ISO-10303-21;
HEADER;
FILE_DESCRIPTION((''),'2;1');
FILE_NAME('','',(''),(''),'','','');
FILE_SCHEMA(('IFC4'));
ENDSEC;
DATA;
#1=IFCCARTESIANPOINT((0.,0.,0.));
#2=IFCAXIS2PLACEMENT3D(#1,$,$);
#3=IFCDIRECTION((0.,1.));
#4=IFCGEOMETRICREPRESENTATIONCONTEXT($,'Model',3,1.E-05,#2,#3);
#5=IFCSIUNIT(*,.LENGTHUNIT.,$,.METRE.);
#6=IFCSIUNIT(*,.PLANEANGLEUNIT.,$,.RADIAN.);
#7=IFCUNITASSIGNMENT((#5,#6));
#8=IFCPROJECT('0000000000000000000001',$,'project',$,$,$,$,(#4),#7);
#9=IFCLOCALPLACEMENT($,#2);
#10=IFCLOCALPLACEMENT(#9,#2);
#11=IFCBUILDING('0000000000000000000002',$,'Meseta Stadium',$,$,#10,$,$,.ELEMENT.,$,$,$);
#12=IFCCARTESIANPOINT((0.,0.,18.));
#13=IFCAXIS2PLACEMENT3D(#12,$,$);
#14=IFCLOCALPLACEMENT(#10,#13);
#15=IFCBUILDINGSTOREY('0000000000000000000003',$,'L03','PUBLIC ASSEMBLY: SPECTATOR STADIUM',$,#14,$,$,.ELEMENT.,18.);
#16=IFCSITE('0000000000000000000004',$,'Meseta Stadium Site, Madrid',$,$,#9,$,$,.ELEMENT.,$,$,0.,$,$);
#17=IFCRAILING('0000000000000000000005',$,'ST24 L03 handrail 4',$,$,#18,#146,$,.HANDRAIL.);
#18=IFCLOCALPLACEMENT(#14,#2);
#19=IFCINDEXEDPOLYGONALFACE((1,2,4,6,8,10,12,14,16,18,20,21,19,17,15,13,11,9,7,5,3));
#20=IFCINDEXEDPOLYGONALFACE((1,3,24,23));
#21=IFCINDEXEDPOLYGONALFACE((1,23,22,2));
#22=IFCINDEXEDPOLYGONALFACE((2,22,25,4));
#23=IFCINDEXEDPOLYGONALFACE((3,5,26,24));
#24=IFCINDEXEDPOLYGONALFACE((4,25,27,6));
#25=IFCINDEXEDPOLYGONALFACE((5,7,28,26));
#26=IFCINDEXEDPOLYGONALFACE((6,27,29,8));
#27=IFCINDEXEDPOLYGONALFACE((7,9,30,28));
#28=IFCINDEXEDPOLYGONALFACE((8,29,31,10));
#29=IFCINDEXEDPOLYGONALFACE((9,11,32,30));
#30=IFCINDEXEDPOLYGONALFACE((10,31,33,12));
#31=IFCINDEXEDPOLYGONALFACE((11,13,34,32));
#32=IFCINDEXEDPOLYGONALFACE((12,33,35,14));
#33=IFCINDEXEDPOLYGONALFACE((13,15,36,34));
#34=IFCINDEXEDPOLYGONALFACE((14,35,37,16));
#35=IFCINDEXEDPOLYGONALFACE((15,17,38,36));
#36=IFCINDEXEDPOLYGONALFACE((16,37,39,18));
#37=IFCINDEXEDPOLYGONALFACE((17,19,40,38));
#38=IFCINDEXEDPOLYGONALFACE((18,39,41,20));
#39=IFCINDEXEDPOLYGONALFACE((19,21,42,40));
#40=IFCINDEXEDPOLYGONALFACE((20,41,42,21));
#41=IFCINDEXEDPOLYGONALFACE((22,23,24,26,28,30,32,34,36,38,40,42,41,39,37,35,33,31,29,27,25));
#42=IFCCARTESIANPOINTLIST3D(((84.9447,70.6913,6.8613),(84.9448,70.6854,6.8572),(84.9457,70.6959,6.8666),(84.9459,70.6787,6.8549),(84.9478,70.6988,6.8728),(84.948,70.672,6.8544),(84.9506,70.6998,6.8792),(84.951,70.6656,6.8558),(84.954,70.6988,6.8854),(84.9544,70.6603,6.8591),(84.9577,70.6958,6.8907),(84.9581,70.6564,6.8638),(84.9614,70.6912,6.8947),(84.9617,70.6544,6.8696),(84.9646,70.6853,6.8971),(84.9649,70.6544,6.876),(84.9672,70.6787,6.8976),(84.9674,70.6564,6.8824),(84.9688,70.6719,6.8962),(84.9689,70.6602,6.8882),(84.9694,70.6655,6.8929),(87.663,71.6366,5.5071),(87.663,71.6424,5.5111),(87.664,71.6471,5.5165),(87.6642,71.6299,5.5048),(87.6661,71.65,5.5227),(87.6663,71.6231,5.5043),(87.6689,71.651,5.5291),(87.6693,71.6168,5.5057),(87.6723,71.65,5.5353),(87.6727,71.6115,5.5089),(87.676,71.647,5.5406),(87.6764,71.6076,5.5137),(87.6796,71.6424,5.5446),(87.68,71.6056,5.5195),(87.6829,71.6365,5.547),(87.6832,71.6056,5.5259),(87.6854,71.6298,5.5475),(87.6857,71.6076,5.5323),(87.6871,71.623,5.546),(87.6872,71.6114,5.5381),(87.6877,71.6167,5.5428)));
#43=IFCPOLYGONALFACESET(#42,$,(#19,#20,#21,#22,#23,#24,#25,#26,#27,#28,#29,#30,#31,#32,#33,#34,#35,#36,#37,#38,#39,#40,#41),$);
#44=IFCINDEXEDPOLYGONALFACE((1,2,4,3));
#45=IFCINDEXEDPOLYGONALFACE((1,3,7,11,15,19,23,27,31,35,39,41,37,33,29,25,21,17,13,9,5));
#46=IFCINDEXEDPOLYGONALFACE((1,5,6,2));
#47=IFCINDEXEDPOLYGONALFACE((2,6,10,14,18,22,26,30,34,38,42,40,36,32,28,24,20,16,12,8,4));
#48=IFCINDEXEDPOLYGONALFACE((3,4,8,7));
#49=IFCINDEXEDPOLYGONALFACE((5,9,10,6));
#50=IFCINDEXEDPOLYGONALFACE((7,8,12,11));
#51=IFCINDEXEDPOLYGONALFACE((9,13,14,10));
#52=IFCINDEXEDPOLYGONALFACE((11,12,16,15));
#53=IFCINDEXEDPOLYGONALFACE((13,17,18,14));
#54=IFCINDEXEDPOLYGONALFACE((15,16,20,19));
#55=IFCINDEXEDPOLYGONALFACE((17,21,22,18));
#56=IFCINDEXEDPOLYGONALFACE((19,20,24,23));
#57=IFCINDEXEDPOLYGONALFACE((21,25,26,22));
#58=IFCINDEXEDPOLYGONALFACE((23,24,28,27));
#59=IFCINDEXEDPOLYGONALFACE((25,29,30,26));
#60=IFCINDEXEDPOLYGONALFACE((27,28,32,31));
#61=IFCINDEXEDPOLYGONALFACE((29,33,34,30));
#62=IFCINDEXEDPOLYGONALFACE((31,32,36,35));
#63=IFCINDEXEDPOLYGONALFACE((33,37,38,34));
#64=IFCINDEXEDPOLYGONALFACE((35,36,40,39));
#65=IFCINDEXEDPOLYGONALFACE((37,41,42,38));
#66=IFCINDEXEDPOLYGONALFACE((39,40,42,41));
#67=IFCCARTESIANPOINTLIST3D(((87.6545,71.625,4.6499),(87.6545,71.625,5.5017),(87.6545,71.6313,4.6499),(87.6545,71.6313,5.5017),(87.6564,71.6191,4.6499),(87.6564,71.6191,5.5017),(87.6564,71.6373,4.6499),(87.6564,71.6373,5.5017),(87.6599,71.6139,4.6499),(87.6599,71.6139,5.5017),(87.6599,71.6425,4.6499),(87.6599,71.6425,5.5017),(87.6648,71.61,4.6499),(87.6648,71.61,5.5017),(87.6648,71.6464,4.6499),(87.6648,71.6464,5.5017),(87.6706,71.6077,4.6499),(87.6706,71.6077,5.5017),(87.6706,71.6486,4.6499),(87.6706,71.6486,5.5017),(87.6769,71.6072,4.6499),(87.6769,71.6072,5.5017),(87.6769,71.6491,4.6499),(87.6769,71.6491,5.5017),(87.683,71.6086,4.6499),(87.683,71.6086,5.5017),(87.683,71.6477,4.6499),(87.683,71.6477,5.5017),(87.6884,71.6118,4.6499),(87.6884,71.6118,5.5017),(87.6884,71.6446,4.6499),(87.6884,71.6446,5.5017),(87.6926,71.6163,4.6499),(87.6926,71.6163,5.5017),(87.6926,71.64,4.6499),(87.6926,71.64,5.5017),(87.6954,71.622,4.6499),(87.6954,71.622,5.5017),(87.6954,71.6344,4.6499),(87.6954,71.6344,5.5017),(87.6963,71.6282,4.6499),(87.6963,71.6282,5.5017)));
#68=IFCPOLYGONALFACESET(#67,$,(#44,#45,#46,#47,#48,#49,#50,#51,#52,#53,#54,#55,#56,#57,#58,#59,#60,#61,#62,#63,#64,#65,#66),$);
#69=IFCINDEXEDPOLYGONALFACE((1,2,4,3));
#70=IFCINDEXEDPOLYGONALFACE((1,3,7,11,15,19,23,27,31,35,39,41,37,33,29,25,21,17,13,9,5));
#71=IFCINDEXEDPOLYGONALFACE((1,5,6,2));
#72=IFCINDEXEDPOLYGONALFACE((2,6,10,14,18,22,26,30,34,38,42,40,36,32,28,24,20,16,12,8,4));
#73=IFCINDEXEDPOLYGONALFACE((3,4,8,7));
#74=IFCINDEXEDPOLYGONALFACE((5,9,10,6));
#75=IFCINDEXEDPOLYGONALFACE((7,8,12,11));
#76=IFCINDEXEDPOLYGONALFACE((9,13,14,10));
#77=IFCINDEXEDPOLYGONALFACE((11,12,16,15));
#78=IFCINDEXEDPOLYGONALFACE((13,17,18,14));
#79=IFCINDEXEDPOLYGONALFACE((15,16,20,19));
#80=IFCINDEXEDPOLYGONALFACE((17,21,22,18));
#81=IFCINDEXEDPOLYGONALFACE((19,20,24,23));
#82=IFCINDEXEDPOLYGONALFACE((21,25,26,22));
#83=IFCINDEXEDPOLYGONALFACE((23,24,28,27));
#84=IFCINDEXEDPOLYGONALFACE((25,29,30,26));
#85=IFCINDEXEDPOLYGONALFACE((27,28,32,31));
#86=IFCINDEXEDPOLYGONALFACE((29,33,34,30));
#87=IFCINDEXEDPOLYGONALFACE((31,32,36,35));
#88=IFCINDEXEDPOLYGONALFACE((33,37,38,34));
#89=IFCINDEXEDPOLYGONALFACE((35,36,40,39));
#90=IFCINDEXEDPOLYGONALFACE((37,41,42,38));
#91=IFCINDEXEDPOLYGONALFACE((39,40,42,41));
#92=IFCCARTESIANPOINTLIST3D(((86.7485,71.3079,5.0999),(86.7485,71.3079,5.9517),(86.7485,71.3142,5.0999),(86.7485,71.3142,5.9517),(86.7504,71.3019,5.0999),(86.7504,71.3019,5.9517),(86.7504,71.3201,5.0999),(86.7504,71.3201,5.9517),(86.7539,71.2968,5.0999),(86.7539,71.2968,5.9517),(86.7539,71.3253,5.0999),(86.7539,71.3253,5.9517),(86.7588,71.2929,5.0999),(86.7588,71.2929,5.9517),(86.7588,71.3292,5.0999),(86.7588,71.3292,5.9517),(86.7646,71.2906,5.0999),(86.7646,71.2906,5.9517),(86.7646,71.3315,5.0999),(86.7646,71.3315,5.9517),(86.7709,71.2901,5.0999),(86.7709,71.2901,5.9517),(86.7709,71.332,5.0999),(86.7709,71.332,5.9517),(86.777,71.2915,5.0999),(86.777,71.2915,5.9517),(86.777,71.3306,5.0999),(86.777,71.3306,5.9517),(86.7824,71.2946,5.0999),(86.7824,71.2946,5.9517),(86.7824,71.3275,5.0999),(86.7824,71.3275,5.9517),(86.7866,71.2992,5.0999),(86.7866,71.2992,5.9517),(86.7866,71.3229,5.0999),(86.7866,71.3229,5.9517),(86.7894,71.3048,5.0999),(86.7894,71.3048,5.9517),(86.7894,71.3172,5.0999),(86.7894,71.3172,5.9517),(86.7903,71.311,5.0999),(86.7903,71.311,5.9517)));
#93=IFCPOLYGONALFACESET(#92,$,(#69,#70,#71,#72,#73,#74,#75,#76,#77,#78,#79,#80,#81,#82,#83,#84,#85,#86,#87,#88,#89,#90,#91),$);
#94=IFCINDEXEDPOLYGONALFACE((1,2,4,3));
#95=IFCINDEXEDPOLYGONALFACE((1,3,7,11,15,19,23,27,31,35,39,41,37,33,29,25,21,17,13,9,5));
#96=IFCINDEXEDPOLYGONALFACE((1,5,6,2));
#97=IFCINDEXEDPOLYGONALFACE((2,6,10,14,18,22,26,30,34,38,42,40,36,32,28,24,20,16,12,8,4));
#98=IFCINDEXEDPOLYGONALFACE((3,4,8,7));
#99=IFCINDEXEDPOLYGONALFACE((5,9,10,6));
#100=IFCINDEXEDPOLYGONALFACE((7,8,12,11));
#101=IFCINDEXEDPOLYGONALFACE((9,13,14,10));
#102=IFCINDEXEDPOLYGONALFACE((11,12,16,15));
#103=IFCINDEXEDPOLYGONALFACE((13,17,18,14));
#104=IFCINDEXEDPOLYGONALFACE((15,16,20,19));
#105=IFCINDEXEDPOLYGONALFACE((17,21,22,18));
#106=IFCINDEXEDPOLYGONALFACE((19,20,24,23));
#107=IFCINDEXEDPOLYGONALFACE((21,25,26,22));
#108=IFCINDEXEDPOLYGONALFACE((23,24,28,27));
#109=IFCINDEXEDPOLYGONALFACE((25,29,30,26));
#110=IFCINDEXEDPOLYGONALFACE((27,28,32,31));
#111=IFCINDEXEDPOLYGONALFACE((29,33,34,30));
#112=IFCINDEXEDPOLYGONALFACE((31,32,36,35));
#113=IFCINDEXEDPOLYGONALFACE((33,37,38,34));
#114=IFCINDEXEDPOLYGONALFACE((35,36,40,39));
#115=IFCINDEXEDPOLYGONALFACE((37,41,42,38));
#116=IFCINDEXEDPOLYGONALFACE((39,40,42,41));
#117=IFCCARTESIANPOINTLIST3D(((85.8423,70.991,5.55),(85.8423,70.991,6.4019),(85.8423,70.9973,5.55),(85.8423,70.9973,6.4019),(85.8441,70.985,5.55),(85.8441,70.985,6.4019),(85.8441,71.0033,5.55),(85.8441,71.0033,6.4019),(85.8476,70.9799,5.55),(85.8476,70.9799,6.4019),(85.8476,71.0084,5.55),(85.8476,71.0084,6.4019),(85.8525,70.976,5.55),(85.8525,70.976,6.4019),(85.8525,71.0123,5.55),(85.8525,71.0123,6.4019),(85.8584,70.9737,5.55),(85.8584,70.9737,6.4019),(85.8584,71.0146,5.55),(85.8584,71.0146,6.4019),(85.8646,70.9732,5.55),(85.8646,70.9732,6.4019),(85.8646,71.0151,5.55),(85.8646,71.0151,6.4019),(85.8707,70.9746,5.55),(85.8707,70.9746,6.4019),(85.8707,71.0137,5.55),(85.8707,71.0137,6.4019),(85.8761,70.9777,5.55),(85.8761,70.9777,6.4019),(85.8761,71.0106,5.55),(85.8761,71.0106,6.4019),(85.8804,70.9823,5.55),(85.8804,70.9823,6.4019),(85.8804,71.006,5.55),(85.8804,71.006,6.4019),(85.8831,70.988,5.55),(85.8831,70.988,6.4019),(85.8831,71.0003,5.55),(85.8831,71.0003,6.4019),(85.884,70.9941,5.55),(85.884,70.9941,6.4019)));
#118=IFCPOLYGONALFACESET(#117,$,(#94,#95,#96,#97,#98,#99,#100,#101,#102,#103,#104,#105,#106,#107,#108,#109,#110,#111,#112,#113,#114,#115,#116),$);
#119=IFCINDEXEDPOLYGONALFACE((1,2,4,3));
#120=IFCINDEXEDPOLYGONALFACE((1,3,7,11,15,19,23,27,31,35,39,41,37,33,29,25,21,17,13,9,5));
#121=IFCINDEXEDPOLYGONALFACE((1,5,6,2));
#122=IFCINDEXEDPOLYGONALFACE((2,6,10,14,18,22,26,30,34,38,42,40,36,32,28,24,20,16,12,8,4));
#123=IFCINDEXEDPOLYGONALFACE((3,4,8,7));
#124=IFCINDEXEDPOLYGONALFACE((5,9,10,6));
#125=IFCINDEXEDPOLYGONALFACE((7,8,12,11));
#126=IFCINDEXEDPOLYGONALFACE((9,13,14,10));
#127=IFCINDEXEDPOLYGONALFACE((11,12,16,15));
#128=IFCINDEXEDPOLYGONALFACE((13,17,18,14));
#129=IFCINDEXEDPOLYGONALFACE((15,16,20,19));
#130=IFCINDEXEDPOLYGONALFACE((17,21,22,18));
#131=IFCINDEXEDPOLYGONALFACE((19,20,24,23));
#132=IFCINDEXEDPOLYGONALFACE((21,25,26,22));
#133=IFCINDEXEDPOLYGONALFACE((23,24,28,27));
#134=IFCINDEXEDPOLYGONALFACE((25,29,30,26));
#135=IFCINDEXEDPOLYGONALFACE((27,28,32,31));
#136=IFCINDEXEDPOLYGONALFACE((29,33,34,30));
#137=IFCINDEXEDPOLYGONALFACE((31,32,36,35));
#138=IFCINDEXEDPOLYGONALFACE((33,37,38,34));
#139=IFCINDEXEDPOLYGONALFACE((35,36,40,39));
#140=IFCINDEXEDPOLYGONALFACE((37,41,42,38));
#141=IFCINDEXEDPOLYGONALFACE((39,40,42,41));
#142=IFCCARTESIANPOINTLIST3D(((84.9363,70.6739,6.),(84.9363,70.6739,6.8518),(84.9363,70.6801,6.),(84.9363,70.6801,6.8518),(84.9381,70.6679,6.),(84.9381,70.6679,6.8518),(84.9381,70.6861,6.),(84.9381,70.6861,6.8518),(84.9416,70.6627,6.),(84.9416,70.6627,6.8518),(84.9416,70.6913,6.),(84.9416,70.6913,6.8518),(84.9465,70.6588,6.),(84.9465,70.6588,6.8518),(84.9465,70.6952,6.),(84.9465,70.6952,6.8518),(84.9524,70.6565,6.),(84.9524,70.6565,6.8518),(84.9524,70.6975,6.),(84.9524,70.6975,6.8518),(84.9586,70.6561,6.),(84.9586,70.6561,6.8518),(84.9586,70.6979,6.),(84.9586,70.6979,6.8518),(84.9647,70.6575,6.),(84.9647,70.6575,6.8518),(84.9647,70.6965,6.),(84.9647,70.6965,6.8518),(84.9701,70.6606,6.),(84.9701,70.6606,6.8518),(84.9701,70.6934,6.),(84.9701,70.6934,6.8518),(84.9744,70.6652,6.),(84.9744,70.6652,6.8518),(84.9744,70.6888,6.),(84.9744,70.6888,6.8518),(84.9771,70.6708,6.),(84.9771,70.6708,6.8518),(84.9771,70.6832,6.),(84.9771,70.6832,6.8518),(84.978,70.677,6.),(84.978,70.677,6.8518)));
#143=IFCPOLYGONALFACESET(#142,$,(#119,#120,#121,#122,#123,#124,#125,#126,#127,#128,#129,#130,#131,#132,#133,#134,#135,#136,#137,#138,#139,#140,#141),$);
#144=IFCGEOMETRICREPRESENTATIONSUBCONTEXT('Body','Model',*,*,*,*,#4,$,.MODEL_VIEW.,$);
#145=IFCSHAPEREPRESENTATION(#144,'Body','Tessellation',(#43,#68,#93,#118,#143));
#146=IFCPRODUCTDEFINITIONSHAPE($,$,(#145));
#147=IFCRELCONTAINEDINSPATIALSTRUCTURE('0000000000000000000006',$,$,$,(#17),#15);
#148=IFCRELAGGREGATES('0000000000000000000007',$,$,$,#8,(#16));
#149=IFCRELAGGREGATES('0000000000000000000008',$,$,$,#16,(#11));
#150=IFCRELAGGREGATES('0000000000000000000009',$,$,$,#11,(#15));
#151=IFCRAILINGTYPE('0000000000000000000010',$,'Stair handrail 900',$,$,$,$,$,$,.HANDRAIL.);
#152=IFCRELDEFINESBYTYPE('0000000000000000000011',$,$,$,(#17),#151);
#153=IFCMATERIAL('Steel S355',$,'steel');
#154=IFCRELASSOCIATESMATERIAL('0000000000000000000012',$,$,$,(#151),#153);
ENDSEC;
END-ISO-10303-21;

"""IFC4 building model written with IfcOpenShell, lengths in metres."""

from ifc_helpers import new_model, si_unit, direction, frame, origin, origin_2d, place, context, subcontext, project, spatial, circle, extrude, material, type_object, element, save


model = new_model("IFC4")

# Units and contexts
model_context = context("Model", 3, precision=1e-05, world=origin(), true_north=direction((0.0, 1.0)))
body_context = subcontext(model_context, "Body", "Model", "MODEL_VIEW")
ifc_project = project(units=[si_unit("LENGTHUNIT", "METRE"), si_unit("PLANEANGLEUNIT", "RADIAN")], contexts=[model_context])

# Site, building, storey
site_placement = place(None, origin())
site = spatial("IfcSite", under=ifc_project, at=site_placement, Name="Meseta Stadium Site, Madrid", CompositionType="ELEMENT", RefElevation=0.0)
building_placement = place(site_placement, origin())
building = spatial("IfcBuilding", under=site, at=building_placement, Name="Meseta Stadium", CompositionType="ELEMENT")
storey_placement = place(building_placement, frame((0.0, 0.0, 18.0)))
storey = spatial("IfcBuildingStorey", under=building, at=storey_placement, Name="L03", Description="PUBLIC ASSEMBLY: SPECTATOR STADIUM", CompositionType="ELEMENT", Elevation=18.0)

# Railing
ifc_material_1 = material(Name="Steel S355", Category="steel")
railing_type_1 = type_object("IfcRailingType", Name="Stair handrail 900", PredefinedType="HANDRAIL", material=ifc_material_1)
railing_1_placement = place(storey_placement, frame((87.6753, 71.6282, 4.6499)))
element("IfcRailing", 1, at=railing_1_placement, inside=storey, type_object=railing_type_1, Name="ST24 L03 handrail 4", PredefinedType="HANDRAIL", context=body_context, shape_type="SweptSolid", body=[
    extrude(circle(Radius=0.0239, at=origin_2d()), frame((0.0, 0.0, 0.876), z_axis=(-0.854629, -0.299051, 0.424474), x_axis=(0.330282, -0.943882, 0.0)), (0.0, 0.0, 1.0), 3.1807),
    extrude(circle(Radius=0.021, at=origin_2d()), origin(), (0.0, 0.0, 1.0), 0.8518),
    extrude(circle(Radius=0.021, at=origin_2d()), frame((-0.906, -0.3171, 0.45)), (0.0, 0.0, 1.0), 0.8518),
    extrude(circle(Radius=0.021, at=origin_2d()), frame((-1.8123, -0.634, 0.9001)), (0.0, 0.0, 1.0), 0.8518),
    extrude(circle(Radius=0.021, at=origin_2d()), frame((-2.7183, -0.9512, 1.3501)), (0.0, 0.0, 1.0), 0.8518),
])

save(model, "model.ifc")
